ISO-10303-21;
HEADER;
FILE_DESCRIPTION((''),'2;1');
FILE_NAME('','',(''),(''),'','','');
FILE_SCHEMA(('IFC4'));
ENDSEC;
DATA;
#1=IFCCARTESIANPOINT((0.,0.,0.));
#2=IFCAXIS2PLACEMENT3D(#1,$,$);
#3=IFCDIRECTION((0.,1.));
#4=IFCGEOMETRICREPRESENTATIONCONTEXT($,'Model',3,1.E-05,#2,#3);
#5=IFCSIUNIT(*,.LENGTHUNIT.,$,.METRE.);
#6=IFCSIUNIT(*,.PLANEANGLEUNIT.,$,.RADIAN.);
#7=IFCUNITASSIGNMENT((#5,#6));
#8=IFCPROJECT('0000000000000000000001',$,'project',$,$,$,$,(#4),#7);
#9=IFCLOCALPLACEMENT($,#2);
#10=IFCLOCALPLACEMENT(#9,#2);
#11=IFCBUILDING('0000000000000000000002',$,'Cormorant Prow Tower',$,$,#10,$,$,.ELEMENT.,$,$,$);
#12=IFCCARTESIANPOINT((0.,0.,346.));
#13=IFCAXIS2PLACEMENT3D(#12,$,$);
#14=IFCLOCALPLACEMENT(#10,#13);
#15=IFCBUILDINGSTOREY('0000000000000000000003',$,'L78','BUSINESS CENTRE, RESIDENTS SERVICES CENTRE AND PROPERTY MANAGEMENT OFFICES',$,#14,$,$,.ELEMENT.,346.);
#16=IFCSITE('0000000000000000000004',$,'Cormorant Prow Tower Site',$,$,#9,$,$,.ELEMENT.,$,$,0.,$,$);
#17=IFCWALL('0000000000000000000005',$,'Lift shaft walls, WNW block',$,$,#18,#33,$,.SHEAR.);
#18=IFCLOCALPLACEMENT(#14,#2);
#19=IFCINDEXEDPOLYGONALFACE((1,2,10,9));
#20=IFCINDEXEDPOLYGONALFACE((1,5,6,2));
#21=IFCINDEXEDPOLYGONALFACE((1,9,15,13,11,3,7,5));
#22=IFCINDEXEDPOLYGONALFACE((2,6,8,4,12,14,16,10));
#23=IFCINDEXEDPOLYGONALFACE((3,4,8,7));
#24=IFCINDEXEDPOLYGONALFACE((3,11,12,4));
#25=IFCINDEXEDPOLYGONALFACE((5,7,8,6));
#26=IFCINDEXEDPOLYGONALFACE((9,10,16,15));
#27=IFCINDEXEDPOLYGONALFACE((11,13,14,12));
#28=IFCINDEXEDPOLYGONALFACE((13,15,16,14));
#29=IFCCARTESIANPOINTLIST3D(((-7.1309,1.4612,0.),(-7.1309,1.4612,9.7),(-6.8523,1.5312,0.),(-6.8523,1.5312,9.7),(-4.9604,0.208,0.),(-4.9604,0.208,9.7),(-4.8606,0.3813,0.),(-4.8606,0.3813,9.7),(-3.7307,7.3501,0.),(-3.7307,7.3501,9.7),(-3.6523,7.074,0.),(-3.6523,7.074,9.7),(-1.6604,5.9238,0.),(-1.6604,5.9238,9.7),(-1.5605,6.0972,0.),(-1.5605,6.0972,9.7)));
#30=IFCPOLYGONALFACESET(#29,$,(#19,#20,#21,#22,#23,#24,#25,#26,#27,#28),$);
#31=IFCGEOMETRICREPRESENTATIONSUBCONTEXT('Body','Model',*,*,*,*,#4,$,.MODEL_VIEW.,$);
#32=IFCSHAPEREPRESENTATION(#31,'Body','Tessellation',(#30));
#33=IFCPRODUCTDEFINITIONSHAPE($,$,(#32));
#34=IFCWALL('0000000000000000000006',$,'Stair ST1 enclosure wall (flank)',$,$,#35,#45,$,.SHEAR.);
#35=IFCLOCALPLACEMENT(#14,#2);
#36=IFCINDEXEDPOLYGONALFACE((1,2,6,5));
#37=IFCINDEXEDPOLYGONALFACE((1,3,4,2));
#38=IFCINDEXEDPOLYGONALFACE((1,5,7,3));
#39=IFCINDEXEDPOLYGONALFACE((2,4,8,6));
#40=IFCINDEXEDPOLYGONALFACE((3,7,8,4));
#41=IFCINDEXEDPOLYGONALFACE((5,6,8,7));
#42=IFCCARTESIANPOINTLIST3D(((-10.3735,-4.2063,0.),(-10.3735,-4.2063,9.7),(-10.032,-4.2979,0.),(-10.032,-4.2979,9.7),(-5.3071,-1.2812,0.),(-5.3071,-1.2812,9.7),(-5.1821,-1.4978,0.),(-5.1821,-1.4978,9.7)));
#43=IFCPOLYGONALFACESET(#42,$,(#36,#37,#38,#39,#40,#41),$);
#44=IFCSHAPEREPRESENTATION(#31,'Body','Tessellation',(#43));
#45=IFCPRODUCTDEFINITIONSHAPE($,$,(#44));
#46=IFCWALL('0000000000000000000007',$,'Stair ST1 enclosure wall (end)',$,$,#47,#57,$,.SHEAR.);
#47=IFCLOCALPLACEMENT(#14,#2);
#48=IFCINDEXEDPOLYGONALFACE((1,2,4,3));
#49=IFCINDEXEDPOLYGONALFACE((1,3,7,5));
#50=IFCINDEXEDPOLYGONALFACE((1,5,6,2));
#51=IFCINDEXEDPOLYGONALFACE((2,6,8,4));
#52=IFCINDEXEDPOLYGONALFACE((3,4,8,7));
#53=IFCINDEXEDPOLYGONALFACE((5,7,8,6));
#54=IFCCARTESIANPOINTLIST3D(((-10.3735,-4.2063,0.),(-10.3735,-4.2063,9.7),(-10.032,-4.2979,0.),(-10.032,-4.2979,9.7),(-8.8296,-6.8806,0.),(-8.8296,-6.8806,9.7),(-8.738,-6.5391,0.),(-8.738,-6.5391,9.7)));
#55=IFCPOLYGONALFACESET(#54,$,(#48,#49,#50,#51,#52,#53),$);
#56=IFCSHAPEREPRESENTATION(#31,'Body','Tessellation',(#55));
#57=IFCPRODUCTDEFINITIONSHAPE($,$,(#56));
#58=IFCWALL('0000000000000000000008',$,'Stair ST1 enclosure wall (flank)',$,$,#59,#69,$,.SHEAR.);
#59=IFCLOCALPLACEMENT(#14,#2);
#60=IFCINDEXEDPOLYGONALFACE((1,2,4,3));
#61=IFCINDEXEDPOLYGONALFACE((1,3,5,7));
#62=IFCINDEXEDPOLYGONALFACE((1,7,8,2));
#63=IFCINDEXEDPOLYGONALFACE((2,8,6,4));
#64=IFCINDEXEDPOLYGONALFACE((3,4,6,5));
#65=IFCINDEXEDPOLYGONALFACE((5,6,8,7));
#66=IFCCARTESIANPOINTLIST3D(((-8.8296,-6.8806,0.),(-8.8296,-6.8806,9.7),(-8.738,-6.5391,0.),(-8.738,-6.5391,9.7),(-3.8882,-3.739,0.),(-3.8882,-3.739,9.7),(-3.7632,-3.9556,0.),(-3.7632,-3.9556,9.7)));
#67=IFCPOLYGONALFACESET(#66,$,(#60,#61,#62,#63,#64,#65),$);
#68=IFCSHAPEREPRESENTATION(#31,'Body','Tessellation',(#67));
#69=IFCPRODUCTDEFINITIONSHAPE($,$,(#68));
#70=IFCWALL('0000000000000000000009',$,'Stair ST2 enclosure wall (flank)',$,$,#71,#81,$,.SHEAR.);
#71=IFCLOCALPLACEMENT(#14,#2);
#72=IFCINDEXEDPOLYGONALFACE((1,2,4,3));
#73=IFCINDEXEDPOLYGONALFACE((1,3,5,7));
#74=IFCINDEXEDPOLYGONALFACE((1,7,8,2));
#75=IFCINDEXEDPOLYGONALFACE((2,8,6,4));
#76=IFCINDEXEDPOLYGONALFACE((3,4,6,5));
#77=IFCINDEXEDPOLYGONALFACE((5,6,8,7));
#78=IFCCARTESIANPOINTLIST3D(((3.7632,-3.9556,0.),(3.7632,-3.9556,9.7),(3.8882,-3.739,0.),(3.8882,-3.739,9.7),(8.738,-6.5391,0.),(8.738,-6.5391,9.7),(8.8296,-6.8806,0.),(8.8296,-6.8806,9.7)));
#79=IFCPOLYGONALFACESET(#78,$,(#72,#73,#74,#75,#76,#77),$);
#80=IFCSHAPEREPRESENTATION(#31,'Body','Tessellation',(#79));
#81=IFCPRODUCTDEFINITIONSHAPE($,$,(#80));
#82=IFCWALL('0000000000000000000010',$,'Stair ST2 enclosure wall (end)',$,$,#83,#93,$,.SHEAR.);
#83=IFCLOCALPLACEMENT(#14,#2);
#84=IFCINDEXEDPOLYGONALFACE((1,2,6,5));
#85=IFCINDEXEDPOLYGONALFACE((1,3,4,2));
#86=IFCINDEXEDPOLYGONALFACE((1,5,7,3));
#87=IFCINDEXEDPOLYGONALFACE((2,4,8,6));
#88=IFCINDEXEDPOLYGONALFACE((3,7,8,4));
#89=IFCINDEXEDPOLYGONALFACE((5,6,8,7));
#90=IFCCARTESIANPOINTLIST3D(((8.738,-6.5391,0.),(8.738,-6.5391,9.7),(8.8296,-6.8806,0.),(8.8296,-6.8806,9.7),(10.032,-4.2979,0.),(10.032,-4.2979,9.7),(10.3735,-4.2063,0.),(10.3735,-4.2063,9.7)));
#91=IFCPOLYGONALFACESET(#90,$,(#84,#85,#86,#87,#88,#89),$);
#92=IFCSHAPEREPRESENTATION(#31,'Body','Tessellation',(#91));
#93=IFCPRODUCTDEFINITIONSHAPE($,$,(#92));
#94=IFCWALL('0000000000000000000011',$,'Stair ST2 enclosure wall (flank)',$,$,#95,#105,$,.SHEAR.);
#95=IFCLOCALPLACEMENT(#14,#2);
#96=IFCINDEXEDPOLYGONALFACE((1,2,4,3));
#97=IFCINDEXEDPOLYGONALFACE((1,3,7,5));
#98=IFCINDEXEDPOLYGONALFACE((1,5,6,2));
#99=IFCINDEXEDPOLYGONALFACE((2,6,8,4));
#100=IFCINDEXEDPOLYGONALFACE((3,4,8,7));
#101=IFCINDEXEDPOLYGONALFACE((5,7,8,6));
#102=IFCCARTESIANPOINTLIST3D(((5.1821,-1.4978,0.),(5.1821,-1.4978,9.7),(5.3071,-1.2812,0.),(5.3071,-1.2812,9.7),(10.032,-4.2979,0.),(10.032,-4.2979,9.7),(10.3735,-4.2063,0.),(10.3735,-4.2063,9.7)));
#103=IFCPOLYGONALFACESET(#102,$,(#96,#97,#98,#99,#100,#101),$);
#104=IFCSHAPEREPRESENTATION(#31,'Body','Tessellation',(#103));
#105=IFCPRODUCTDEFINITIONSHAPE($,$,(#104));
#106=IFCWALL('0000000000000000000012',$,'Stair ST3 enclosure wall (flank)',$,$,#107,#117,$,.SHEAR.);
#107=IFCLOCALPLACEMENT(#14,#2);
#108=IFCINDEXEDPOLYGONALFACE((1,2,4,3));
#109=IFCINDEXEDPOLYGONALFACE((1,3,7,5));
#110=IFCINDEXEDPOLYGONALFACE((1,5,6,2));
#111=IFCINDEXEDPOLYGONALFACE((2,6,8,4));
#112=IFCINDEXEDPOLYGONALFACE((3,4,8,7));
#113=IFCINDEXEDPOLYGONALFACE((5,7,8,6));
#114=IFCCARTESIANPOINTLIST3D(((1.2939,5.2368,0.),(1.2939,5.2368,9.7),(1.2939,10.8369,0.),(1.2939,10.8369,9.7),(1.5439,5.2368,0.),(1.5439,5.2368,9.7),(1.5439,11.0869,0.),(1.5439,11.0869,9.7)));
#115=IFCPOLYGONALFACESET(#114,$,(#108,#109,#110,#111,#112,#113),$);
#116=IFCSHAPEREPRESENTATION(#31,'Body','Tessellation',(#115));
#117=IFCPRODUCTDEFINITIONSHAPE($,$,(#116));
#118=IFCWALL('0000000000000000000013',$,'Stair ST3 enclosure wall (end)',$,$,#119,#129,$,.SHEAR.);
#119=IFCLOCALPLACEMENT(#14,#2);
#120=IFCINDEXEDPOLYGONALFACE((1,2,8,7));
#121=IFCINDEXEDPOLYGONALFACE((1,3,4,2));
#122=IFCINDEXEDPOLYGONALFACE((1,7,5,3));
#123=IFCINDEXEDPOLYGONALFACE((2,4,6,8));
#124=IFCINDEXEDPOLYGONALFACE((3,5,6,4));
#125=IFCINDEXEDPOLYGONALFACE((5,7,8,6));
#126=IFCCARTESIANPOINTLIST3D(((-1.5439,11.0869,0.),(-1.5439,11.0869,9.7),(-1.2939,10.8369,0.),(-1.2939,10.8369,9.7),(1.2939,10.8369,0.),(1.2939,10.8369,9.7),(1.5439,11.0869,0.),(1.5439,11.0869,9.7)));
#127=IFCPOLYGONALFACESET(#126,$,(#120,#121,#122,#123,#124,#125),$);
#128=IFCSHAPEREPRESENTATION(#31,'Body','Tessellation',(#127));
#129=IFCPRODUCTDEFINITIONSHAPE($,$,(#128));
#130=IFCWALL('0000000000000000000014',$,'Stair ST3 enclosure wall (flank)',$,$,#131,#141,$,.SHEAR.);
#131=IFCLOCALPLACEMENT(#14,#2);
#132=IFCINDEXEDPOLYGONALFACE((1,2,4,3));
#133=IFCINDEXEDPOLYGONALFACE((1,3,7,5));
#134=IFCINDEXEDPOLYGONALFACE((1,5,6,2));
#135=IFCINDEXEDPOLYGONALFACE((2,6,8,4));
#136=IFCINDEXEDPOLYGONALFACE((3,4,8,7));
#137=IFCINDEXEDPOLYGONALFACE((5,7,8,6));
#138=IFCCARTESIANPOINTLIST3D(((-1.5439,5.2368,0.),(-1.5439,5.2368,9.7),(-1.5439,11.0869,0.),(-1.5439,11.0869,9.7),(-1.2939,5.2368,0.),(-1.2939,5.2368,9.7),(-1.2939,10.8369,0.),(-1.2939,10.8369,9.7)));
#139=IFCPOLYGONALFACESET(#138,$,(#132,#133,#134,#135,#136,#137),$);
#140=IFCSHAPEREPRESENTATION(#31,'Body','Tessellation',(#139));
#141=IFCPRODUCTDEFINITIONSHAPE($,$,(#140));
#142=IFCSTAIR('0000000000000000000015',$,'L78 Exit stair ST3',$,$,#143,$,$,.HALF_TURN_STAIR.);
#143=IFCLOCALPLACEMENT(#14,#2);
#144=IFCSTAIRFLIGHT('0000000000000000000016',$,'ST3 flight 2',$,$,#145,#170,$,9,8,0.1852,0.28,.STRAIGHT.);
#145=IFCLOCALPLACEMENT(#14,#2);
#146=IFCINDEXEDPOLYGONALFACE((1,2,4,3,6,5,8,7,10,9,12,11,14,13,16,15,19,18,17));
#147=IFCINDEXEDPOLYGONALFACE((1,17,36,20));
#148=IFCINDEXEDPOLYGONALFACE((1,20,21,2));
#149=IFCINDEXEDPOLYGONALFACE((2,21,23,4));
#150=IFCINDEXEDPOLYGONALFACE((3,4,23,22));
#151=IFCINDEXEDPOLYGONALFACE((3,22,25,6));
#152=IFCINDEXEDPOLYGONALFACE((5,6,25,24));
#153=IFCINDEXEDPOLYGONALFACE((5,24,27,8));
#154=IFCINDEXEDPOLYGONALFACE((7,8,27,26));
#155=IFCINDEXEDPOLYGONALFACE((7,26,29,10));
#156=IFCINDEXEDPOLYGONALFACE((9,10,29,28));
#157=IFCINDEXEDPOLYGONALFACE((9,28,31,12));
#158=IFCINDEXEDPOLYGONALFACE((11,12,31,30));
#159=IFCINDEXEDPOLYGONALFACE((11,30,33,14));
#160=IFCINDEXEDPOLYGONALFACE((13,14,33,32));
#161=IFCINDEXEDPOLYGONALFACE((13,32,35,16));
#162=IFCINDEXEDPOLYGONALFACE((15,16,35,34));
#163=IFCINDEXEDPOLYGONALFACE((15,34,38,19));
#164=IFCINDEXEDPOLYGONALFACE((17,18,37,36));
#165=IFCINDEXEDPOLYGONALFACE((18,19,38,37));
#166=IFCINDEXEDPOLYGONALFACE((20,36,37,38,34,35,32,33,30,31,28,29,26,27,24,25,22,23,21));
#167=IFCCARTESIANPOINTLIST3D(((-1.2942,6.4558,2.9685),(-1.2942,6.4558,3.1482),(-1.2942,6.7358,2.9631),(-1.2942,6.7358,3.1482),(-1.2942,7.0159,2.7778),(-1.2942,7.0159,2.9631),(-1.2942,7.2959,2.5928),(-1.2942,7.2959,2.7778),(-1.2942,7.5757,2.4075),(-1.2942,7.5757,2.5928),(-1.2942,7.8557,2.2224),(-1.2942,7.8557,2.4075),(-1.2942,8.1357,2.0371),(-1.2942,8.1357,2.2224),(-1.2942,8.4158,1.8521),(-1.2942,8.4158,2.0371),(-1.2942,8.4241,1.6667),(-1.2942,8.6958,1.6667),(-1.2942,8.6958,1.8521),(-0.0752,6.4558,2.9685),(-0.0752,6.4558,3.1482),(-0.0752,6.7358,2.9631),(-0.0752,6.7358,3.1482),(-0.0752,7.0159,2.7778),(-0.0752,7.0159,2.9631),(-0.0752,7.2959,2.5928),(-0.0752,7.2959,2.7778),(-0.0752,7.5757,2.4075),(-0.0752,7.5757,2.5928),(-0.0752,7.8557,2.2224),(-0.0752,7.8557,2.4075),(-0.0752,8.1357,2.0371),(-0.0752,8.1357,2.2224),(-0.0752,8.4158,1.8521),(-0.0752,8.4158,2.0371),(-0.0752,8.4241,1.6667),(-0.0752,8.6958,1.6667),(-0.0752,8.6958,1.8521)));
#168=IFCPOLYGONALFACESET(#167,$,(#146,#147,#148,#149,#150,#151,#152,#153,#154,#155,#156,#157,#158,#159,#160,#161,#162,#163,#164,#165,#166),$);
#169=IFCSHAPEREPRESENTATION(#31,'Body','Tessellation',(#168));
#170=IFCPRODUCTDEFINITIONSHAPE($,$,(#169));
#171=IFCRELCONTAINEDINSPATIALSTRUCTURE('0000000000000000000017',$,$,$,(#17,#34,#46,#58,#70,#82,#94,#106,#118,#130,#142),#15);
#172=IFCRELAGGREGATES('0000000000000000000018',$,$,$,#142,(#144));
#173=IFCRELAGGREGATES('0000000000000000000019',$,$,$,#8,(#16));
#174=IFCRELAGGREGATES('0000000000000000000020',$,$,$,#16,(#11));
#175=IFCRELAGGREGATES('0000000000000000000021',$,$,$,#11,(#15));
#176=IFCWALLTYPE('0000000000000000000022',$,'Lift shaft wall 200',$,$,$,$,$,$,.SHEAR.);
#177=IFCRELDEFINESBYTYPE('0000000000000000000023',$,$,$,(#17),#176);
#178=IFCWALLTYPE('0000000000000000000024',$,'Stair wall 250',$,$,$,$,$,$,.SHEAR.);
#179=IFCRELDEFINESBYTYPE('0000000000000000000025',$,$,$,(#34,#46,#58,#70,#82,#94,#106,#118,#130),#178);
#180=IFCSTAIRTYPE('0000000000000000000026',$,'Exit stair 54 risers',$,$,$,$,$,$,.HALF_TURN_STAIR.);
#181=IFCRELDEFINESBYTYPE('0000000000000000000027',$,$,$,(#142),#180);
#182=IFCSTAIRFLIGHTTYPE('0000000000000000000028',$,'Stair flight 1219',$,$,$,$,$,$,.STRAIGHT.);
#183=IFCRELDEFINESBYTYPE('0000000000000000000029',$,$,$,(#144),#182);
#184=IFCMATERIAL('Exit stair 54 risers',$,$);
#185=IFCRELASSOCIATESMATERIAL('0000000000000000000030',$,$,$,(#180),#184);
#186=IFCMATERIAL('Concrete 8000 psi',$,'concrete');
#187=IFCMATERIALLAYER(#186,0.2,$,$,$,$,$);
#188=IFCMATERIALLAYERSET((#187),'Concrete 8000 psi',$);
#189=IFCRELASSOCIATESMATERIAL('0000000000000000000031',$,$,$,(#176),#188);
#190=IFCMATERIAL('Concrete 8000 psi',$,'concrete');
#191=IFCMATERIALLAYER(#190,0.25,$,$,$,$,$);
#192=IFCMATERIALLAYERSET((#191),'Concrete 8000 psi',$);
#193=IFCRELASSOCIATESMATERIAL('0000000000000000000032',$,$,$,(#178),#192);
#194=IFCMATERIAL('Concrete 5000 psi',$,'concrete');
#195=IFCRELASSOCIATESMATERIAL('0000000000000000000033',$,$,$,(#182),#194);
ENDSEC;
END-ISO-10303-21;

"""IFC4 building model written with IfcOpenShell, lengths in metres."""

from ifc_helpers import new_model, si_unit, direction, frame, origin, place, context, subcontext, project, spatial, polyline, outline, extrude, material, layer, layer_set, type_object, element, aggregate, save


model = new_model("IFC4")

# Units and contexts
model_context = context("Model", 3, precision=1e-05, world=origin(), true_north=direction((0.0, 1.0)))
body_context = subcontext(model_context, "Body", "Model", "MODEL_VIEW")
ifc_project = project(units=[si_unit("LENGTHUNIT", "METRE"), si_unit("PLANEANGLEUNIT", "RADIAN")], contexts=[model_context])

# Site, building, storey
site_placement = place(None, origin())
site = spatial("IfcSite", under=ifc_project, at=site_placement, Name="Cormorant Prow Tower Site", CompositionType="ELEMENT", RefElevation=0.0)
building_placement = place(site_placement, origin())
building = spatial("IfcBuilding", under=site, at=building_placement, Name="Cormorant Prow Tower", CompositionType="ELEMENT")
storey_placement = place(building_placement, frame((0.0, 0.0, 346.0)))
storey = spatial("IfcBuildingStorey", under=building, at=storey_placement, Name="L78", Description="BUSINESS CENTRE, RESIDENTS SERVICES CENTRE AND PROPERTY MANAGEMENT OFFICES", CompositionType="ELEMENT", Elevation=346.0)

# Shared definitions
ifc_material_1 = material(Name="Exit stair 54 risers")
stair_type = type_object("IfcStairType", Name="Exit stair 54 risers", PredefinedType="HALF_TURN_STAIR", material=ifc_material_1)

# Walls
ifc_material_2 = material(Name="Concrete 8000 psi", Category="concrete")
ifc_layer_1 = layer(ifc_material_2, 0.2)
ifc_layer_set_1 = layer_set([ifc_layer_1], Name="Concrete 8000 psi")
wall_type_1 = type_object("IfcWallType", Name="Lift shaft wall 200", PredefinedType="SHEAR", material=ifc_layer_set_1)
wall_1_placement = place(storey_placement, origin())
element("IfcWall", 1, at=wall_1_placement, inside=storey, type_object=wall_type_1, Name="Lift shaft walls, WNW block", PredefinedType="SHEAR", context=body_context, shape_type="SweptSolid", body=[
    extrude(outline(polyline([(-4.9604, 0.208), (-7.1309, 1.4612), (-3.7307, 7.3501), (-1.5605, 6.0972), (-1.6604, 5.9238), (-3.6523, 7.074), (-6.8523, 1.5312), (-4.8606, 0.3813), (-4.9604, 0.208)])), origin(), (0.0, 0.0, 1.0), 9.7),
])
ifc_material_3 = material(Name="Concrete 8000 psi", Category="concrete")
ifc_layer_2 = layer(ifc_material_3, 0.25)
ifc_layer_set_2 = layer_set([ifc_layer_2], Name="Concrete 8000 psi")
wall_type_2 = type_object("IfcWallType", Name="Stair wall 250", PredefinedType="SHEAR", material=ifc_layer_set_2)
wall_2_placement = place(storey_placement, origin())
element("IfcWall", 2, at=wall_2_placement, inside=storey, type_object=wall_type_2, Name="Stair ST1 enclosure wall (flank)", PredefinedType="SHEAR", context=body_context, shape_type="SweptSolid", body=[
    extrude(outline(polyline([(-5.3071, -1.2812), (-10.3735, -4.2063), (-10.032, -4.2979), (-5.1821, -1.4978), (-5.3071, -1.2812)])), origin(), (0.0, 0.0, 1.0), 9.7),
])
wall_3_placement = place(storey_placement, origin())
element("IfcWall", 3, at=wall_3_placement, inside=storey, type_object=wall_type_2, Name="Stair ST1 enclosure wall (end)", PredefinedType="SHEAR", context=body_context, shape_type="SweptSolid", body=[
    extrude(outline(polyline([(-10.3735, -4.2063), (-8.8296, -6.8806), (-8.738, -6.5391), (-10.032, -4.2979), (-10.3735, -4.2063)])), origin(), (0.0, 0.0, 1.0), 9.7),
])
wall_4_placement = place(storey_placement, origin())
element("IfcWall", 4, at=wall_4_placement, inside=storey, type_object=wall_type_2, Name="Stair ST1 enclosure wall (flank)", PredefinedType="SHEAR", context=body_context, shape_type="SweptSolid", body=[
    extrude(outline(polyline([(-8.738, -6.5391), (-8.8296, -6.8806), (-3.7632, -3.9556), (-3.8882, -3.739), (-8.738, -6.5391)])), origin(), (0.0, 0.0, 1.0), 9.7),
])
wall_5_placement = place(storey_placement, origin())
element("IfcWall", 5, at=wall_5_placement, inside=storey, type_object=wall_type_2, Name="Stair ST2 enclosure wall (flank)", PredefinedType="SHEAR", context=body_context, shape_type="SweptSolid", body=[
    extrude(outline(polyline([(3.7632, -3.9556), (8.8296, -6.8806), (8.738, -6.5391), (3.8882, -3.739), (3.7632, -3.9556)])), origin(), (0.0, 0.0, 1.0), 9.7),
])
wall_6_placement = place(storey_placement, origin())
element("IfcWall", 6, at=wall_6_placement, inside=storey, type_object=wall_type_2, Name="Stair ST2 enclosure wall (end)", PredefinedType="SHEAR", context=body_context, shape_type="SweptSolid", body=[
    extrude(outline(polyline([(8.8296, -6.8806), (10.3735, -4.2063), (10.032, -4.2979), (8.738, -6.5391), (8.8296, -6.8806)])), origin(), (0.0, 0.0, 1.0), 9.7),
])
wall_7_placement = place(storey_placement, origin())
element("IfcWall", 7, at=wall_7_placement, inside=storey, type_object=wall_type_2, Name="Stair ST2 enclosure wall (flank)", PredefinedType="SHEAR", context=body_context, shape_type="SweptSolid", body=[
    extrude(outline(polyline([(10.032, -4.2979), (10.3735, -4.2063), (5.3071, -1.2812), (5.1821, -1.4978), (10.032, -4.2979)])), origin(), (0.0, 0.0, 1.0), 9.7),
])
wall_8_placement = place(storey_placement, origin())
element("IfcWall", 8, at=wall_8_placement, inside=storey, type_object=wall_type_2, Name="Stair ST3 enclosure wall (flank)", PredefinedType="SHEAR", context=body_context, shape_type="SweptSolid", body=[
    extrude(outline(polyline([(1.5439, 5.2368), (1.5439, 11.0869), (1.2939, 10.8369), (1.2939, 5.2368), (1.5439, 5.2368)])), origin(), (0.0, 0.0, 1.0), 9.7),
])
wall_9_placement = place(storey_placement, origin())
element("IfcWall", 9, at=wall_9_placement, inside=storey, type_object=wall_type_2, Name="Stair ST3 enclosure wall (end)", PredefinedType="SHEAR", context=body_context, shape_type="SweptSolid", body=[
    extrude(outline(polyline([(1.5439, 11.0869), (-1.5439, 11.0869), (-1.2939, 10.8369), (1.2939, 10.8369), (1.5439, 11.0869)])), origin(), (0.0, 0.0, 1.0), 9.7),
])
wall_10_placement = place(storey_placement, origin())
element("IfcWall", 10, at=wall_10_placement, inside=storey, type_object=wall_type_2, Name="Stair ST3 enclosure wall (flank)", PredefinedType="SHEAR", context=body_context, shape_type="SweptSolid", body=[
    extrude(outline(polyline([(-1.2939, 10.8369), (-1.5439, 11.0869), (-1.5439, 5.2368), (-1.2939, 5.2368), (-1.2939, 10.8369)])), origin(), (0.0, 0.0, 1.0), 9.7),
])

# Stair, stair flight
stair_1_placement = place(storey_placement, origin())
stair_1 = element("IfcStair", 11, at=stair_1_placement, inside=storey, type_object=stair_type, Name="L78 Exit stair ST3", PredefinedType="HALF_TURN_STAIR")
ifc_material_4 = material(Name="Concrete 5000 psi", Category="concrete")
stair_flight_type = type_object("IfcStairFlightType", Name="Stair flight 1219", PredefinedType="STRAIGHT", material=ifc_material_4)
stair_flight_1_placement = place(storey_placement, frame((-0.6846, 8.6958, 1.6667), z_axis=(0.0, 0.0, 1.0), x_axis=(0.0, -1.0, 0.0)))
stair_flight_1 = element("IfcStairFlight", 12, at=stair_flight_1_placement, type_object=stair_flight_type, Name="ST3 flight 2", NumberOfRisers=9, NumberOfTreads=8, PredefinedType="STRAIGHT", RiserHeight=0.1852, TreadLength=0.28, context=body_context, shape_type="SweptSolid", body=[
    extrude(outline(polyline([(0.0, 0.0), (0.0, 0.1853), (0.28, 0.1853), (0.28, 0.3704), (0.5601, 0.3704), (0.5601, 0.5557), (0.8401, 0.5557), (0.8401, 0.7407), (1.1201, 0.7407), (1.1201, 0.926), (1.3999, 0.926), (1.3999, 1.1111), (1.6799, 1.1111), (1.6799, 1.2964), (1.96, 1.2964), (1.96, 1.4814), (2.24, 1.4814), (2.24, 1.6667), (2.24, 1.3018), (0.2717, 0.0), (0.0, 0.0)])), frame((0.0, 0.6094, 0.0), z_axis=(0.0, -1.0, 0.0), x_axis=(1.0, 0.0, 0.0)), (0.0, 0.0, 1.0), 1.219),
])
aggregate(stair_1, [stair_flight_1])

save(model, "model.ifc")
